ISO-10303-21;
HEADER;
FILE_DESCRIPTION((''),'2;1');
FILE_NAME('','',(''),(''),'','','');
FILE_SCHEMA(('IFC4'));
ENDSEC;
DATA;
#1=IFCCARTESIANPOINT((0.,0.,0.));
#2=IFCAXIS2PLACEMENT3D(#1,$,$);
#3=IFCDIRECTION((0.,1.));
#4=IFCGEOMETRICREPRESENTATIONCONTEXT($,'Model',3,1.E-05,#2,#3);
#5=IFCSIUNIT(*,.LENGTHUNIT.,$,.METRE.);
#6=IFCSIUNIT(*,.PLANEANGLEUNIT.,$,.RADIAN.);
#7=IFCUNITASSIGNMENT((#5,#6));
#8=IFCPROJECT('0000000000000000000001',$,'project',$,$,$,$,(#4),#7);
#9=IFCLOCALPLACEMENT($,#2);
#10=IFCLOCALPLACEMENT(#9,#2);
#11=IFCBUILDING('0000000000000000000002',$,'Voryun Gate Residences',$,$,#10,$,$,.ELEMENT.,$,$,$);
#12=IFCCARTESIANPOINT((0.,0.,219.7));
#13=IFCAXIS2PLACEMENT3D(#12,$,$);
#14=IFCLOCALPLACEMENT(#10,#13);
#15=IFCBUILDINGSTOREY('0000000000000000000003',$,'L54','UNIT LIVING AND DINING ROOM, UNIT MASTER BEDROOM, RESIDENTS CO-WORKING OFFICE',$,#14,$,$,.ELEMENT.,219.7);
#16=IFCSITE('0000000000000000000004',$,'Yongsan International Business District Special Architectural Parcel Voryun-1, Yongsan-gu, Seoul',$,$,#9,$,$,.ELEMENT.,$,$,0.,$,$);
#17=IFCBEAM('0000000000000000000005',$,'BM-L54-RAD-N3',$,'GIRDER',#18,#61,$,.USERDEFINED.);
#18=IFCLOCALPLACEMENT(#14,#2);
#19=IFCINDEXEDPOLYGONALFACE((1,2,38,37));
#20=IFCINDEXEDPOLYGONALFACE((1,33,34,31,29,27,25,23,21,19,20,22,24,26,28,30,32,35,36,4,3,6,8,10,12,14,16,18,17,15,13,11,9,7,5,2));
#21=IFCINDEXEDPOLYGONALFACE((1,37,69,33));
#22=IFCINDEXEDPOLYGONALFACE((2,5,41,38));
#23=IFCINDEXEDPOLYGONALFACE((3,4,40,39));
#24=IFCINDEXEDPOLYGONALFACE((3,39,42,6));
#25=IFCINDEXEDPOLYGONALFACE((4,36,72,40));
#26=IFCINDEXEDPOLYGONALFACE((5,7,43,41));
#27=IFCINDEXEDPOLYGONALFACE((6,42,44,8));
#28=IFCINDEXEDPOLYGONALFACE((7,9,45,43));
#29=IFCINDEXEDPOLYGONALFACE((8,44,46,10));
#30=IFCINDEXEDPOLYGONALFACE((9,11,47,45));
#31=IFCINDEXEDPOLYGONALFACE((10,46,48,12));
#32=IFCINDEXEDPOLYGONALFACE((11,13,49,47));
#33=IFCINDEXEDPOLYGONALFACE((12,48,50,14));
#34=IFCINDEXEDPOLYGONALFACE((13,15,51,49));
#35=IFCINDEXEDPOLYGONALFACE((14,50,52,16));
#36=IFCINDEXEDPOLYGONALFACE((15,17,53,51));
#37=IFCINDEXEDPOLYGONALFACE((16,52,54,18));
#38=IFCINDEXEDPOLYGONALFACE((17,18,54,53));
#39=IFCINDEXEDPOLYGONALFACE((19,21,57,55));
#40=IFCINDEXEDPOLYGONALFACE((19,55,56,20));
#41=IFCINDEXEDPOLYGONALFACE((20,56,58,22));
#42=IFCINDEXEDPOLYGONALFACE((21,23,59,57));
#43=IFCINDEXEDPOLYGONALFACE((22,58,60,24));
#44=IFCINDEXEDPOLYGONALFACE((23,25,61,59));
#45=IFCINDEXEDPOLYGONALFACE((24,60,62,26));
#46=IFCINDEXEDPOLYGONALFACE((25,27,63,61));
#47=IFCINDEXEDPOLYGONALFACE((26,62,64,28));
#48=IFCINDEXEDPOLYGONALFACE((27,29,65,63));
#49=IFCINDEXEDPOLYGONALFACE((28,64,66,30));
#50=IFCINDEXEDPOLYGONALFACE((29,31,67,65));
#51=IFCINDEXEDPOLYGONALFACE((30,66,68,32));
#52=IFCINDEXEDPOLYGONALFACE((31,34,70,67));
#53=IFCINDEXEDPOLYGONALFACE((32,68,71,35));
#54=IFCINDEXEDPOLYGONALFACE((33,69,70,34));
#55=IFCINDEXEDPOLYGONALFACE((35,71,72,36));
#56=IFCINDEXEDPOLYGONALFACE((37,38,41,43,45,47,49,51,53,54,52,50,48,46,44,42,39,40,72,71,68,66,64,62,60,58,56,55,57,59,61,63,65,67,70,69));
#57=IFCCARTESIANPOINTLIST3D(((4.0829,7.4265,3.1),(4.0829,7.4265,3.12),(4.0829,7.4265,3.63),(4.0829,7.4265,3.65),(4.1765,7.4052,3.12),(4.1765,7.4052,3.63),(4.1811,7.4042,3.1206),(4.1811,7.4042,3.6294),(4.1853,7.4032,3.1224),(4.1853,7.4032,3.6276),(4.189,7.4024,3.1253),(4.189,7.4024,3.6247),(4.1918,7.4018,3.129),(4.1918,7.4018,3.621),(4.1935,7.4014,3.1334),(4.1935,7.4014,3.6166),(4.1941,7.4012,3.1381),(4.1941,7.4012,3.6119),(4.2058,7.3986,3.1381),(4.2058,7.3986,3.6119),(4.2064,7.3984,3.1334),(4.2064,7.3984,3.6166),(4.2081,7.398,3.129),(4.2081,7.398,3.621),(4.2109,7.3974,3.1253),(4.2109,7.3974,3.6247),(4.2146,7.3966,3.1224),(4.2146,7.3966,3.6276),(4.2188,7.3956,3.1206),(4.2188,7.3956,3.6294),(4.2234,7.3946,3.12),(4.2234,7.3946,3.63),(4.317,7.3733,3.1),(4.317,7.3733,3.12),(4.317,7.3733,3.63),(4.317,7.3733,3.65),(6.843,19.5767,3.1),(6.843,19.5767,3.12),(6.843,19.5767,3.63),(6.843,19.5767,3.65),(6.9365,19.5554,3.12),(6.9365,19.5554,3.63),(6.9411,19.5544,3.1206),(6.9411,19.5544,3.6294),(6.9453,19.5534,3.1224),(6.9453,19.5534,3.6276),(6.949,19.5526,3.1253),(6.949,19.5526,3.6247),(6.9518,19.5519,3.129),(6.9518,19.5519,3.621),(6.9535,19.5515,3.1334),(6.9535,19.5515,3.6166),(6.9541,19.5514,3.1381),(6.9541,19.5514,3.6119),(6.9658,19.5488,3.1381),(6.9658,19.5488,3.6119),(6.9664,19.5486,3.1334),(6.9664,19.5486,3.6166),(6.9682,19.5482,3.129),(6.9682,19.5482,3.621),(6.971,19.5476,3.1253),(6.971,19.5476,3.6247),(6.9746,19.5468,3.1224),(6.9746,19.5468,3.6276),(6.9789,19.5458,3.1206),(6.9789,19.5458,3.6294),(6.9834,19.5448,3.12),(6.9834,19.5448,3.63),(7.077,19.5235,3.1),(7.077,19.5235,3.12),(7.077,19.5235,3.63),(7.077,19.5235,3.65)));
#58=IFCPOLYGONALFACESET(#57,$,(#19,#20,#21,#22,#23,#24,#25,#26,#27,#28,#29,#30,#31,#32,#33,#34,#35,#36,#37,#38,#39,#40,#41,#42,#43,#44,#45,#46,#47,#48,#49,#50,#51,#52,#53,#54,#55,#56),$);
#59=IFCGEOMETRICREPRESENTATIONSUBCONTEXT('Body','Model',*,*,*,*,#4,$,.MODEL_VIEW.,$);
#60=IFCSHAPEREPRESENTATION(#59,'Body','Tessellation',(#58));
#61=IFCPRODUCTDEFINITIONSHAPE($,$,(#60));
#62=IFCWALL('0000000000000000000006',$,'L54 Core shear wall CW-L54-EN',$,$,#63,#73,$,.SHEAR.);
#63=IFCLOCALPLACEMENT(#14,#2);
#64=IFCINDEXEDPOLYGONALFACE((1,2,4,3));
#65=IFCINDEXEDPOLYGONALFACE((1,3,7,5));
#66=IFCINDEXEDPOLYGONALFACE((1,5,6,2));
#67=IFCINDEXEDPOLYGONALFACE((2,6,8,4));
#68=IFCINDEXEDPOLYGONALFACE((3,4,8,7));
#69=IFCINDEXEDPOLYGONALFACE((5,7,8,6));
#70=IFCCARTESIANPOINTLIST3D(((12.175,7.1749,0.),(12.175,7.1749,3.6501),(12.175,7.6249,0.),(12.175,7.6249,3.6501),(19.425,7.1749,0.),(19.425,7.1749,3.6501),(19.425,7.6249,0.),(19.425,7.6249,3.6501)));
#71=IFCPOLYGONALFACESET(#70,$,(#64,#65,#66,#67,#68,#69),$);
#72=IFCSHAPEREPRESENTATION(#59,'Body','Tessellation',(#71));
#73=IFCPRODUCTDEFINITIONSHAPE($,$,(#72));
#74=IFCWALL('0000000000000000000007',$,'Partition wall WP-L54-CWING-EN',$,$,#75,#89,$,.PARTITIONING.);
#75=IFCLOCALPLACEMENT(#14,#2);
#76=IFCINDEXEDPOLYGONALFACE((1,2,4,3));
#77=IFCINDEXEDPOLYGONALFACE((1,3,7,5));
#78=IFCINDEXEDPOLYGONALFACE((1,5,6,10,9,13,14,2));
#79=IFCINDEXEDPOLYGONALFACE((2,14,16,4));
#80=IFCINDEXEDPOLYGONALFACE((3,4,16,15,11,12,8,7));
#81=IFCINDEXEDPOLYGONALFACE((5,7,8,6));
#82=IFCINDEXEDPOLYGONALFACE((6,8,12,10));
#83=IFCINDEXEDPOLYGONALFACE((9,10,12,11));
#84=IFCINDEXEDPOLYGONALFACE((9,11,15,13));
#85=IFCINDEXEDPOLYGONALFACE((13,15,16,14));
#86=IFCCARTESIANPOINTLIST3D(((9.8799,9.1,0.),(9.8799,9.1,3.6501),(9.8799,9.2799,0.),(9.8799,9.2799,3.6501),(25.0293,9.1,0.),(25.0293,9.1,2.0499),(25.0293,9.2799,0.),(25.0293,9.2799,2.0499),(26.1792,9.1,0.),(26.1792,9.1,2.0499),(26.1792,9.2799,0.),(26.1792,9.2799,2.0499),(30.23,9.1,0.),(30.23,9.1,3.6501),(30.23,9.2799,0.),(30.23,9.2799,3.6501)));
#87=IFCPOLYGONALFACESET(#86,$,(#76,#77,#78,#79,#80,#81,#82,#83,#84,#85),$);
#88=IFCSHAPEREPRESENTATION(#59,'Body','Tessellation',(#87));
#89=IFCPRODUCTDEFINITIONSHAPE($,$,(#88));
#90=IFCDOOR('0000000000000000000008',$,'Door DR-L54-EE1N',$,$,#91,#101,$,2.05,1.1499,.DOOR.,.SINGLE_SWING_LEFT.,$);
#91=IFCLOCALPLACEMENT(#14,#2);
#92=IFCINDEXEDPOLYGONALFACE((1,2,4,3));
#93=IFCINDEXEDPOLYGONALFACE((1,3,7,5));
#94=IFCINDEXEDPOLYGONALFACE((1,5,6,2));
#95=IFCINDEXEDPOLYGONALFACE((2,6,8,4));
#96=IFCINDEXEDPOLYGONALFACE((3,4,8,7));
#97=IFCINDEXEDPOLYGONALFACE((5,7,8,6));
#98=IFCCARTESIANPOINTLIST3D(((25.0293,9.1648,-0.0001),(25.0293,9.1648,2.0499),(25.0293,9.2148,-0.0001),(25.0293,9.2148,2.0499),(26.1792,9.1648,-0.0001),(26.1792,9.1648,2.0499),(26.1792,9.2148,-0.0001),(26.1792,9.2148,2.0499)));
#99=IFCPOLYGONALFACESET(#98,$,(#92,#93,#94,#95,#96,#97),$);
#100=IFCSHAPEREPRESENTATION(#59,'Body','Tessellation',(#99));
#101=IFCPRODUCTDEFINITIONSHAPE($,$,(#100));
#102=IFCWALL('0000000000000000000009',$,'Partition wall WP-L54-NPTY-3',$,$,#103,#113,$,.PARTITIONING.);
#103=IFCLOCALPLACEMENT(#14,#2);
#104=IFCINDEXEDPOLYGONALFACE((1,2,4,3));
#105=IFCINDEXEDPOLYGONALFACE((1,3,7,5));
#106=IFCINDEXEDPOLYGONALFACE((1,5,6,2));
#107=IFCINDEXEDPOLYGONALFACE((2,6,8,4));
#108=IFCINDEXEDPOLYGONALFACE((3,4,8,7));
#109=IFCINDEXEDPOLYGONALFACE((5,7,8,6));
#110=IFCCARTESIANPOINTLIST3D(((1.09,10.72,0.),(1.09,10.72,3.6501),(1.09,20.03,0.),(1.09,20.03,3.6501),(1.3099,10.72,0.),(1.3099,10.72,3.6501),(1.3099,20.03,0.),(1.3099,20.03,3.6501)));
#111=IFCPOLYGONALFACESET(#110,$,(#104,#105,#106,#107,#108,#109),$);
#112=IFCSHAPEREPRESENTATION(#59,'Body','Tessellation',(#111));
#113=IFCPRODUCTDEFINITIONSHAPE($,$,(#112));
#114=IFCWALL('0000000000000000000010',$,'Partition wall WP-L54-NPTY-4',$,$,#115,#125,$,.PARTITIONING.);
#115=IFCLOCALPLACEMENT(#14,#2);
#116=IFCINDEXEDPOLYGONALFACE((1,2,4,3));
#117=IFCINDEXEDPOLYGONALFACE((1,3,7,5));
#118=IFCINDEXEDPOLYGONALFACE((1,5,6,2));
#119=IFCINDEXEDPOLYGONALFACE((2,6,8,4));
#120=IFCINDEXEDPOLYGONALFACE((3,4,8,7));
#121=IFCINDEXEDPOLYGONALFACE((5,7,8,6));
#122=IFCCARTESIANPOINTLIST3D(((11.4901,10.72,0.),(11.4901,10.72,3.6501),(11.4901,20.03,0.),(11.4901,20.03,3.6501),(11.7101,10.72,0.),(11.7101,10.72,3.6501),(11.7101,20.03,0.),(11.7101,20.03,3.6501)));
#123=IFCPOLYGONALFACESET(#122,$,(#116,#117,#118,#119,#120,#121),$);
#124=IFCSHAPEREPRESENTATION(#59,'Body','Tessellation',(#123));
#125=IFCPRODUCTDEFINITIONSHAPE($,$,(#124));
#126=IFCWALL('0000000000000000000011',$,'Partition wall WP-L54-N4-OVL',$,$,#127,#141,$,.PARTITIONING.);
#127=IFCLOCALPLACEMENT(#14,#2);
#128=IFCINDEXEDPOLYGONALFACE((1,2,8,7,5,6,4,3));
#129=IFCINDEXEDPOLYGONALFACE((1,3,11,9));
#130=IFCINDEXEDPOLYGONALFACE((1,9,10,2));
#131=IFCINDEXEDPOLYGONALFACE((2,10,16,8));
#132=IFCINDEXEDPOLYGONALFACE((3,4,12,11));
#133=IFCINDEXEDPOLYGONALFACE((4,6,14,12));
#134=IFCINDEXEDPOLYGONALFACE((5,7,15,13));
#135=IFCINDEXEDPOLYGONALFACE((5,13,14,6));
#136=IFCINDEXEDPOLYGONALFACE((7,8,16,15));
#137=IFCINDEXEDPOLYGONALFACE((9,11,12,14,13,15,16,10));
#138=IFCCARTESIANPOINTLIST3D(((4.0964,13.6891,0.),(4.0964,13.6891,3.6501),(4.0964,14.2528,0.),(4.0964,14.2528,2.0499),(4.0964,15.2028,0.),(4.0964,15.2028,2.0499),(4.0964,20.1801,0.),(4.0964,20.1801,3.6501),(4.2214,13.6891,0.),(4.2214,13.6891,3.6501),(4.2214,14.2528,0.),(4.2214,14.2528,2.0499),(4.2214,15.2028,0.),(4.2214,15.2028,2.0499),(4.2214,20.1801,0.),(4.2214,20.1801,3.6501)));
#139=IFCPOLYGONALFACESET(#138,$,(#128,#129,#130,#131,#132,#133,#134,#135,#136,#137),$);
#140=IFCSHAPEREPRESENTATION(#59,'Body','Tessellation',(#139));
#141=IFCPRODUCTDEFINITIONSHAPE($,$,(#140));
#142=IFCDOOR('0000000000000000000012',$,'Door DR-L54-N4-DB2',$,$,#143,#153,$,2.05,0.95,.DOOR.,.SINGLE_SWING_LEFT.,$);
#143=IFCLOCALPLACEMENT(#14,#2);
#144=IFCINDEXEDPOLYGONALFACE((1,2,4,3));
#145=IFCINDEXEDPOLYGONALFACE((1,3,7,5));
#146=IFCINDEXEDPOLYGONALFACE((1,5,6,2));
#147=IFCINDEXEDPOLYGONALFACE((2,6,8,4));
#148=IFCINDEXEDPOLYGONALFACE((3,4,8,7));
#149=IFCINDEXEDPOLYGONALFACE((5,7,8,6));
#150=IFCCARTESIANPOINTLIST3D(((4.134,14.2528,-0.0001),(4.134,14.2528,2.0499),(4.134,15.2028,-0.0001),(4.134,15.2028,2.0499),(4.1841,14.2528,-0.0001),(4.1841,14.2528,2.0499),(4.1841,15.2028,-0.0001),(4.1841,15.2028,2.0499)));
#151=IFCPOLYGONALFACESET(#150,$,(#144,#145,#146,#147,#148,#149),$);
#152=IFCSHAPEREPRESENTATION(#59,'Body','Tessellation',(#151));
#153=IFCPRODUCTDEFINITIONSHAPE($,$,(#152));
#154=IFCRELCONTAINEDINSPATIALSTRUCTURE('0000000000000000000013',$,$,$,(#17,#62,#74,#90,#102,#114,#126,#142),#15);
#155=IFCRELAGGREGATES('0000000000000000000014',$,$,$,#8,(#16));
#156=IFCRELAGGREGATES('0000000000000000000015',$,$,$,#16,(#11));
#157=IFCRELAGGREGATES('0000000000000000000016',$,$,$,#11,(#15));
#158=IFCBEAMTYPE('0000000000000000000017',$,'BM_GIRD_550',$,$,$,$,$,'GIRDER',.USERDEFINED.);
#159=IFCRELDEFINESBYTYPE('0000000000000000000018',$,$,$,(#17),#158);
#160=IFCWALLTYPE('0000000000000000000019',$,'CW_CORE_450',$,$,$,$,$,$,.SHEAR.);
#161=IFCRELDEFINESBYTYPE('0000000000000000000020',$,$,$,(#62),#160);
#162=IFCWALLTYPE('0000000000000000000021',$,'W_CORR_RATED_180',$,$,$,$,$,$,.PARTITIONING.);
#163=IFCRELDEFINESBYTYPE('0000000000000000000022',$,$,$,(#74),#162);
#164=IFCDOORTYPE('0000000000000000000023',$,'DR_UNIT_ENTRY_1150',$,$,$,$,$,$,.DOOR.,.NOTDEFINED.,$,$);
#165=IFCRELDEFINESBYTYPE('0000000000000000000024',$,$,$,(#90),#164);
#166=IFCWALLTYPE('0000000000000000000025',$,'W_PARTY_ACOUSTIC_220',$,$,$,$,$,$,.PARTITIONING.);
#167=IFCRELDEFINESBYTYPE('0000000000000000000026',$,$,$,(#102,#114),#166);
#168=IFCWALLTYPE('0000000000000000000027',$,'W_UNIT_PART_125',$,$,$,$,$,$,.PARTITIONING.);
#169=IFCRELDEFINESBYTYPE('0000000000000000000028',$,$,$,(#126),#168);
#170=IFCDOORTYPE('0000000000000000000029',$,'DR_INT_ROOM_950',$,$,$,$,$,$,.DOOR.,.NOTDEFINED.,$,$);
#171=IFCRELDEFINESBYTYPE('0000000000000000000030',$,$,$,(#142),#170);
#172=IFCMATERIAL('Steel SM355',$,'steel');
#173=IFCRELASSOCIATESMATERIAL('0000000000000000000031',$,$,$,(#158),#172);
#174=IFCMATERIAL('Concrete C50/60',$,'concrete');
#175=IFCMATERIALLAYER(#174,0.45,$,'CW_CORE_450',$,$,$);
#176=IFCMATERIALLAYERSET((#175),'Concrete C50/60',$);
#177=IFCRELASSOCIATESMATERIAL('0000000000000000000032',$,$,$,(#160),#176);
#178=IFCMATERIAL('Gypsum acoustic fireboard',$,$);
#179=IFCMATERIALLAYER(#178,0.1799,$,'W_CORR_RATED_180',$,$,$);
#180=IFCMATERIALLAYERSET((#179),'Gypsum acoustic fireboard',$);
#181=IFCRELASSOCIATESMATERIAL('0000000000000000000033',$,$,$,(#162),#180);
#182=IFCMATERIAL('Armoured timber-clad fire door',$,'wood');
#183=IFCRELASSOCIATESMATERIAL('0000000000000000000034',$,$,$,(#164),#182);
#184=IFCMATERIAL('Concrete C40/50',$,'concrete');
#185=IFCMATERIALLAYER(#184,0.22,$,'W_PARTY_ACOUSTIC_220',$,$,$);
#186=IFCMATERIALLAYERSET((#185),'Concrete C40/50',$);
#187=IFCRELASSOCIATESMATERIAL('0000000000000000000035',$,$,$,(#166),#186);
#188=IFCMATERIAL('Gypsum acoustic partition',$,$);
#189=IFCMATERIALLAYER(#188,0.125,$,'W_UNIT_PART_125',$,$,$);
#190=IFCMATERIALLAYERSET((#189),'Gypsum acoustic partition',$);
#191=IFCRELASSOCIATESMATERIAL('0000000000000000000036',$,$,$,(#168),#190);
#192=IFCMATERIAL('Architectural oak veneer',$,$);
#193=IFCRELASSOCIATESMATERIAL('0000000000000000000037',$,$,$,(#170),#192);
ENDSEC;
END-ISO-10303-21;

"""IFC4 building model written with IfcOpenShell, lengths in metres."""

from ifc_helpers import new_model, si_unit, direction, frame, frame_2d, origin, origin_2d, place, context, subcontext, project, spatial, rectangle, i_section, extrude, material, layer, layer_set, material_profile, profile_set, type_object, element, fill, save


model = new_model("IFC4")

# Units and contexts
model_context = context("Model", 3, precision=1e-05, world=origin(), true_north=direction((0.0, 1.0)))
body_context = subcontext(model_context, "Body", "Model", "MODEL_VIEW")
ifc_project = project(units=[si_unit("LENGTHUNIT", "METRE"), si_unit("PLANEANGLEUNIT", "RADIAN")], contexts=[model_context])

# Site, building, storey
site_placement = place(None, origin())
site = spatial("IfcSite", under=ifc_project, at=site_placement, Name="Yongsan International Business District Special Architectural Parcel Voryun-1, Yongsan-gu, Seoul", CompositionType="ELEMENT", RefElevation=0.0)
building_placement = place(site_placement, origin())
building = spatial("IfcBuilding", under=site, at=building_placement, Name="Voryun Gate Residences", CompositionType="ELEMENT")
storey_placement = place(building_placement, frame((0.0, 0.0, 219.7)))
storey = spatial("IfcBuildingStorey", under=building, at=storey_placement, Name="L54", Description="UNIT LIVING AND DINING ROOM, UNIT MASTER BEDROOM, RESIDENTS CO-WORKING OFFICE", CompositionType="ELEMENT", Elevation=219.7)

# Beam
ifc_material_1 = material(Name="Steel SM355", Category="steel")
ifc_material_profile_1 = material_profile(ifc_material_1, i_section(OverallWidth=0.24, OverallDepth=0.55, WebThickness=0.012, FlangeThickness=0.02, FilletRadius=0.0181, at=origin_2d()), Name="H-550x240x12x20")
ifc_profile_set_1 = profile_set([ifc_material_profile_1], Name="Steel SM355")
beam_type_1 = type_object("IfcBeamType", Name="BM_GIRD_550", ElementType="GIRDER", PredefinedType="USERDEFINED", material=ifc_profile_set_1)
beam_1_placement = place(storey_placement, frame((4.2, 7.3999, 3.375), z_axis=(0.221515, 0.975157, 0.0), x_axis=(-0.975157, 0.221515, 0.0)))
element("IfcBeam", 1, at=beam_1_placement, inside=storey, type_object=beam_type_1, Name="BM-L54-RAD-N3", ObjectType="GIRDER", PredefinedType="USERDEFINED", context=body_context, shape_type="SweptSolid", body=[
    extrude(i_section(OverallWidth=0.24, OverallDepth=0.55, WebThickness=0.012, FlangeThickness=0.02, FilletRadius=0.0181, at=origin_2d()), origin(), (0.0, 0.0, 1.0), 12.4597),
])

# Wall
ifc_material_2 = material(Name="Concrete C50/60", Category="concrete")
ifc_layer_1 = layer(ifc_material_2, 0.45, Name="CW_CORE_450")
ifc_layer_set_1 = layer_set([ifc_layer_1], Name="Concrete C50/60")
wall_type_1 = type_object("IfcWallType", Name="CW_CORE_450", PredefinedType="SHEAR", material=ifc_layer_set_1)
wall_1_placement = place(storey_placement, frame((12.175, 7.3999, 0.0), z_axis=(0.0, 0.0, 1.0), x_axis=(1.0, 0.0, 0.0)))
element("IfcWall", 2, at=wall_1_placement, inside=storey, type_object=wall_type_1, Name="L54 Core shear wall CW-L54-EN", PredefinedType="SHEAR", context=body_context, shape_type="SweptSolid", body=[
    extrude(rectangle(XDim=7.25, YDim=0.45, at=frame_2d((3.625, 0.0))), origin(), (0.0, 0.0, 1.0), 3.6501),
])

# Wall, opening, door
ifc_material_3 = material(Name="Gypsum acoustic fireboard")
ifc_layer_2 = layer(ifc_material_3, 0.1799, Name="W_CORR_RATED_180")
ifc_layer_set_2 = layer_set([ifc_layer_2], Name="Gypsum acoustic fireboard")
wall_type_2 = type_object("IfcWallType", Name="W_CORR_RATED_180", PredefinedType="PARTITIONING", material=ifc_layer_set_2)
wall_2_placement = place(storey_placement, frame((9.8799, 9.1899, 0.0), z_axis=(0.0, 0.0, 1.0), x_axis=(1.0, 0.0, 0.0)))
wall_2 = element("IfcWall", 3, at=wall_2_placement, inside=storey, type_object=wall_type_2, Name="Partition wall WP-L54-CWING-EN", PredefinedType="PARTITIONING", context=body_context, shape_type="SweptSolid", body=[
    extrude(rectangle(XDim=20.3501, YDim=0.1799, at=frame_2d((10.175, 0.0))), origin(), (0.0, 0.0, 1.0), 3.6501),
])
opening_1_placement = place(wall_2_placement, frame((15.1494, 0.0, 0.0)))
opening_1 = element("IfcOpeningElement", 4, at=opening_1_placement, cuts=wall_2, PredefinedType="OPENING", context=body_context, shape_type="SweptSolid", body=[
    extrude(rectangle(XDim=1.1499, YDim=2.05, at=frame_2d((0.575, 1.0249))), frame((0.0, 0.0999, 0.0), z_axis=(0.0, -1.0, 0.0), x_axis=(1.0, 0.0, 0.0)), (0.0, 0.0, 1.0), 0.2),
])
ifc_material_4 = material(Name="Armoured timber-clad fire door", Category="wood")
door_type_1 = type_object("IfcDoorType", Name="DR_UNIT_ENTRY_1150", OperationType="NOTDEFINED", PredefinedType="DOOR", material=ifc_material_4)
door_1_placement = place(opening_1_placement, origin())
door_1 = element("IfcDoor", 5, at=door_1_placement, inside=storey, type_object=door_type_1, Name="Door DR-L54-EE1N", OperationType="SINGLE_SWING_LEFT", OverallHeight=2.05, OverallWidth=1.1499, PredefinedType="DOOR", context=body_context, shape_type="SweptSolid", body=[
    extrude(rectangle(XDim=1.1499, YDim=2.05, at=frame_2d((0.575, 1.0249))), frame((0.0, 0.0249, 0.0), z_axis=(0.0, -1.0, 0.0), x_axis=(1.0, 0.0, 0.0)), (0.0, 0.0, 1.0), 0.05),
])
fill(opening_1, door_1)

# Walls
ifc_material_5 = material(Name="Concrete C40/50", Category="concrete")
ifc_layer_3 = layer(ifc_material_5, 0.22, Name="W_PARTY_ACOUSTIC_220")
ifc_layer_set_3 = layer_set([ifc_layer_3], Name="Concrete C40/50")
wall_type_3 = type_object("IfcWallType", Name="W_PARTY_ACOUSTIC_220", PredefinedType="PARTITIONING", material=ifc_layer_set_3)
for number, where, z_axis, x_axis, name in (
    (6, (1.2, 10.72, 0.0), (0.0, 0.0, 1.0), (0.0, 1.0, 0.0), "Partition wall WP-L54-NPTY-3"),
    (7, (11.6001, 10.72, 0.0), (0.0, 0.0, 1.0), (0.0, 1.0, 0.0), "Partition wall WP-L54-NPTY-4"),
):
    element("IfcWall", number, at=place(storey_placement, frame(where, z_axis=z_axis, x_axis=x_axis)), inside=storey, type_object=wall_type_3, Name=name, PredefinedType="PARTITIONING", context=body_context, shape_type="SweptSolid", body=[
        extrude(rectangle(XDim=9.3101, YDim=0.22, at=frame_2d((4.655, 0.0))), origin(), (0.0, 0.0, 1.0), 3.6501),
    ])

# Wall, opening, door
ifc_material_6 = material(Name="Gypsum acoustic partition")
ifc_layer_4 = layer(ifc_material_6, 0.125, Name="W_UNIT_PART_125")
ifc_layer_set_4 = layer_set([ifc_layer_4], Name="Gypsum acoustic partition")
wall_type_4 = type_object("IfcWallType", Name="W_UNIT_PART_125", PredefinedType="PARTITIONING", material=ifc_layer_set_4)
wall_3_placement = place(storey_placement, frame((4.1589, 13.689, 0.0), z_axis=(0.0, 0.0, 1.0), x_axis=(0.0, 1.0, 0.0)))
wall_3 = element("IfcWall", 8, at=wall_3_placement, inside=storey, type_object=wall_type_4, Name="Partition wall WP-L54-N4-OVL", PredefinedType="PARTITIONING", context=body_context, shape_type="SweptSolid", body=[
    extrude(rectangle(XDim=6.491, YDim=0.125, at=frame_2d((3.2456, 0.0))), origin(), (0.0, 0.0, 1.0), 3.6501),
])
opening_2_placement = place(wall_3_placement, frame((0.5637, 0.0, 0.0)))
opening_2 = element("IfcOpeningElement", 9, at=opening_2_placement, cuts=wall_3, PredefinedType="OPENING", context=body_context, shape_type="SweptSolid", body=[
    extrude(rectangle(XDim=0.95, YDim=2.05, at=frame_2d((0.4751, 1.0249))), frame((0.0, 0.0725, 0.0), z_axis=(0.0, -1.0, 0.0), x_axis=(1.0, 0.0, 0.0)), (0.0, 0.0, 1.0), 0.145),
])
ifc_material_7 = material(Name="Architectural oak veneer")
door_type_2 = type_object("IfcDoorType", Name="DR_INT_ROOM_950", OperationType="NOTDEFINED", PredefinedType="DOOR", material=ifc_material_7)
door_2_placement = place(opening_2_placement, origin())
door_2 = element("IfcDoor", 10, at=door_2_placement, inside=storey, type_object=door_type_2, Name="Door DR-L54-N4-DB2", OperationType="SINGLE_SWING_LEFT", OverallHeight=2.05, OverallWidth=0.95, PredefinedType="DOOR", context=body_context, shape_type="SweptSolid", body=[
    extrude(rectangle(XDim=0.95, YDim=2.05, at=frame_2d((0.4751, 1.0249))), frame((0.0, 0.0249, 0.0), z_axis=(0.0, -1.0, 0.0), x_axis=(1.0, 0.0, 0.0)), (0.0, 0.0, 1.0), 0.05),
])
fill(opening_2, door_2)

save(model, "model.ifc")
